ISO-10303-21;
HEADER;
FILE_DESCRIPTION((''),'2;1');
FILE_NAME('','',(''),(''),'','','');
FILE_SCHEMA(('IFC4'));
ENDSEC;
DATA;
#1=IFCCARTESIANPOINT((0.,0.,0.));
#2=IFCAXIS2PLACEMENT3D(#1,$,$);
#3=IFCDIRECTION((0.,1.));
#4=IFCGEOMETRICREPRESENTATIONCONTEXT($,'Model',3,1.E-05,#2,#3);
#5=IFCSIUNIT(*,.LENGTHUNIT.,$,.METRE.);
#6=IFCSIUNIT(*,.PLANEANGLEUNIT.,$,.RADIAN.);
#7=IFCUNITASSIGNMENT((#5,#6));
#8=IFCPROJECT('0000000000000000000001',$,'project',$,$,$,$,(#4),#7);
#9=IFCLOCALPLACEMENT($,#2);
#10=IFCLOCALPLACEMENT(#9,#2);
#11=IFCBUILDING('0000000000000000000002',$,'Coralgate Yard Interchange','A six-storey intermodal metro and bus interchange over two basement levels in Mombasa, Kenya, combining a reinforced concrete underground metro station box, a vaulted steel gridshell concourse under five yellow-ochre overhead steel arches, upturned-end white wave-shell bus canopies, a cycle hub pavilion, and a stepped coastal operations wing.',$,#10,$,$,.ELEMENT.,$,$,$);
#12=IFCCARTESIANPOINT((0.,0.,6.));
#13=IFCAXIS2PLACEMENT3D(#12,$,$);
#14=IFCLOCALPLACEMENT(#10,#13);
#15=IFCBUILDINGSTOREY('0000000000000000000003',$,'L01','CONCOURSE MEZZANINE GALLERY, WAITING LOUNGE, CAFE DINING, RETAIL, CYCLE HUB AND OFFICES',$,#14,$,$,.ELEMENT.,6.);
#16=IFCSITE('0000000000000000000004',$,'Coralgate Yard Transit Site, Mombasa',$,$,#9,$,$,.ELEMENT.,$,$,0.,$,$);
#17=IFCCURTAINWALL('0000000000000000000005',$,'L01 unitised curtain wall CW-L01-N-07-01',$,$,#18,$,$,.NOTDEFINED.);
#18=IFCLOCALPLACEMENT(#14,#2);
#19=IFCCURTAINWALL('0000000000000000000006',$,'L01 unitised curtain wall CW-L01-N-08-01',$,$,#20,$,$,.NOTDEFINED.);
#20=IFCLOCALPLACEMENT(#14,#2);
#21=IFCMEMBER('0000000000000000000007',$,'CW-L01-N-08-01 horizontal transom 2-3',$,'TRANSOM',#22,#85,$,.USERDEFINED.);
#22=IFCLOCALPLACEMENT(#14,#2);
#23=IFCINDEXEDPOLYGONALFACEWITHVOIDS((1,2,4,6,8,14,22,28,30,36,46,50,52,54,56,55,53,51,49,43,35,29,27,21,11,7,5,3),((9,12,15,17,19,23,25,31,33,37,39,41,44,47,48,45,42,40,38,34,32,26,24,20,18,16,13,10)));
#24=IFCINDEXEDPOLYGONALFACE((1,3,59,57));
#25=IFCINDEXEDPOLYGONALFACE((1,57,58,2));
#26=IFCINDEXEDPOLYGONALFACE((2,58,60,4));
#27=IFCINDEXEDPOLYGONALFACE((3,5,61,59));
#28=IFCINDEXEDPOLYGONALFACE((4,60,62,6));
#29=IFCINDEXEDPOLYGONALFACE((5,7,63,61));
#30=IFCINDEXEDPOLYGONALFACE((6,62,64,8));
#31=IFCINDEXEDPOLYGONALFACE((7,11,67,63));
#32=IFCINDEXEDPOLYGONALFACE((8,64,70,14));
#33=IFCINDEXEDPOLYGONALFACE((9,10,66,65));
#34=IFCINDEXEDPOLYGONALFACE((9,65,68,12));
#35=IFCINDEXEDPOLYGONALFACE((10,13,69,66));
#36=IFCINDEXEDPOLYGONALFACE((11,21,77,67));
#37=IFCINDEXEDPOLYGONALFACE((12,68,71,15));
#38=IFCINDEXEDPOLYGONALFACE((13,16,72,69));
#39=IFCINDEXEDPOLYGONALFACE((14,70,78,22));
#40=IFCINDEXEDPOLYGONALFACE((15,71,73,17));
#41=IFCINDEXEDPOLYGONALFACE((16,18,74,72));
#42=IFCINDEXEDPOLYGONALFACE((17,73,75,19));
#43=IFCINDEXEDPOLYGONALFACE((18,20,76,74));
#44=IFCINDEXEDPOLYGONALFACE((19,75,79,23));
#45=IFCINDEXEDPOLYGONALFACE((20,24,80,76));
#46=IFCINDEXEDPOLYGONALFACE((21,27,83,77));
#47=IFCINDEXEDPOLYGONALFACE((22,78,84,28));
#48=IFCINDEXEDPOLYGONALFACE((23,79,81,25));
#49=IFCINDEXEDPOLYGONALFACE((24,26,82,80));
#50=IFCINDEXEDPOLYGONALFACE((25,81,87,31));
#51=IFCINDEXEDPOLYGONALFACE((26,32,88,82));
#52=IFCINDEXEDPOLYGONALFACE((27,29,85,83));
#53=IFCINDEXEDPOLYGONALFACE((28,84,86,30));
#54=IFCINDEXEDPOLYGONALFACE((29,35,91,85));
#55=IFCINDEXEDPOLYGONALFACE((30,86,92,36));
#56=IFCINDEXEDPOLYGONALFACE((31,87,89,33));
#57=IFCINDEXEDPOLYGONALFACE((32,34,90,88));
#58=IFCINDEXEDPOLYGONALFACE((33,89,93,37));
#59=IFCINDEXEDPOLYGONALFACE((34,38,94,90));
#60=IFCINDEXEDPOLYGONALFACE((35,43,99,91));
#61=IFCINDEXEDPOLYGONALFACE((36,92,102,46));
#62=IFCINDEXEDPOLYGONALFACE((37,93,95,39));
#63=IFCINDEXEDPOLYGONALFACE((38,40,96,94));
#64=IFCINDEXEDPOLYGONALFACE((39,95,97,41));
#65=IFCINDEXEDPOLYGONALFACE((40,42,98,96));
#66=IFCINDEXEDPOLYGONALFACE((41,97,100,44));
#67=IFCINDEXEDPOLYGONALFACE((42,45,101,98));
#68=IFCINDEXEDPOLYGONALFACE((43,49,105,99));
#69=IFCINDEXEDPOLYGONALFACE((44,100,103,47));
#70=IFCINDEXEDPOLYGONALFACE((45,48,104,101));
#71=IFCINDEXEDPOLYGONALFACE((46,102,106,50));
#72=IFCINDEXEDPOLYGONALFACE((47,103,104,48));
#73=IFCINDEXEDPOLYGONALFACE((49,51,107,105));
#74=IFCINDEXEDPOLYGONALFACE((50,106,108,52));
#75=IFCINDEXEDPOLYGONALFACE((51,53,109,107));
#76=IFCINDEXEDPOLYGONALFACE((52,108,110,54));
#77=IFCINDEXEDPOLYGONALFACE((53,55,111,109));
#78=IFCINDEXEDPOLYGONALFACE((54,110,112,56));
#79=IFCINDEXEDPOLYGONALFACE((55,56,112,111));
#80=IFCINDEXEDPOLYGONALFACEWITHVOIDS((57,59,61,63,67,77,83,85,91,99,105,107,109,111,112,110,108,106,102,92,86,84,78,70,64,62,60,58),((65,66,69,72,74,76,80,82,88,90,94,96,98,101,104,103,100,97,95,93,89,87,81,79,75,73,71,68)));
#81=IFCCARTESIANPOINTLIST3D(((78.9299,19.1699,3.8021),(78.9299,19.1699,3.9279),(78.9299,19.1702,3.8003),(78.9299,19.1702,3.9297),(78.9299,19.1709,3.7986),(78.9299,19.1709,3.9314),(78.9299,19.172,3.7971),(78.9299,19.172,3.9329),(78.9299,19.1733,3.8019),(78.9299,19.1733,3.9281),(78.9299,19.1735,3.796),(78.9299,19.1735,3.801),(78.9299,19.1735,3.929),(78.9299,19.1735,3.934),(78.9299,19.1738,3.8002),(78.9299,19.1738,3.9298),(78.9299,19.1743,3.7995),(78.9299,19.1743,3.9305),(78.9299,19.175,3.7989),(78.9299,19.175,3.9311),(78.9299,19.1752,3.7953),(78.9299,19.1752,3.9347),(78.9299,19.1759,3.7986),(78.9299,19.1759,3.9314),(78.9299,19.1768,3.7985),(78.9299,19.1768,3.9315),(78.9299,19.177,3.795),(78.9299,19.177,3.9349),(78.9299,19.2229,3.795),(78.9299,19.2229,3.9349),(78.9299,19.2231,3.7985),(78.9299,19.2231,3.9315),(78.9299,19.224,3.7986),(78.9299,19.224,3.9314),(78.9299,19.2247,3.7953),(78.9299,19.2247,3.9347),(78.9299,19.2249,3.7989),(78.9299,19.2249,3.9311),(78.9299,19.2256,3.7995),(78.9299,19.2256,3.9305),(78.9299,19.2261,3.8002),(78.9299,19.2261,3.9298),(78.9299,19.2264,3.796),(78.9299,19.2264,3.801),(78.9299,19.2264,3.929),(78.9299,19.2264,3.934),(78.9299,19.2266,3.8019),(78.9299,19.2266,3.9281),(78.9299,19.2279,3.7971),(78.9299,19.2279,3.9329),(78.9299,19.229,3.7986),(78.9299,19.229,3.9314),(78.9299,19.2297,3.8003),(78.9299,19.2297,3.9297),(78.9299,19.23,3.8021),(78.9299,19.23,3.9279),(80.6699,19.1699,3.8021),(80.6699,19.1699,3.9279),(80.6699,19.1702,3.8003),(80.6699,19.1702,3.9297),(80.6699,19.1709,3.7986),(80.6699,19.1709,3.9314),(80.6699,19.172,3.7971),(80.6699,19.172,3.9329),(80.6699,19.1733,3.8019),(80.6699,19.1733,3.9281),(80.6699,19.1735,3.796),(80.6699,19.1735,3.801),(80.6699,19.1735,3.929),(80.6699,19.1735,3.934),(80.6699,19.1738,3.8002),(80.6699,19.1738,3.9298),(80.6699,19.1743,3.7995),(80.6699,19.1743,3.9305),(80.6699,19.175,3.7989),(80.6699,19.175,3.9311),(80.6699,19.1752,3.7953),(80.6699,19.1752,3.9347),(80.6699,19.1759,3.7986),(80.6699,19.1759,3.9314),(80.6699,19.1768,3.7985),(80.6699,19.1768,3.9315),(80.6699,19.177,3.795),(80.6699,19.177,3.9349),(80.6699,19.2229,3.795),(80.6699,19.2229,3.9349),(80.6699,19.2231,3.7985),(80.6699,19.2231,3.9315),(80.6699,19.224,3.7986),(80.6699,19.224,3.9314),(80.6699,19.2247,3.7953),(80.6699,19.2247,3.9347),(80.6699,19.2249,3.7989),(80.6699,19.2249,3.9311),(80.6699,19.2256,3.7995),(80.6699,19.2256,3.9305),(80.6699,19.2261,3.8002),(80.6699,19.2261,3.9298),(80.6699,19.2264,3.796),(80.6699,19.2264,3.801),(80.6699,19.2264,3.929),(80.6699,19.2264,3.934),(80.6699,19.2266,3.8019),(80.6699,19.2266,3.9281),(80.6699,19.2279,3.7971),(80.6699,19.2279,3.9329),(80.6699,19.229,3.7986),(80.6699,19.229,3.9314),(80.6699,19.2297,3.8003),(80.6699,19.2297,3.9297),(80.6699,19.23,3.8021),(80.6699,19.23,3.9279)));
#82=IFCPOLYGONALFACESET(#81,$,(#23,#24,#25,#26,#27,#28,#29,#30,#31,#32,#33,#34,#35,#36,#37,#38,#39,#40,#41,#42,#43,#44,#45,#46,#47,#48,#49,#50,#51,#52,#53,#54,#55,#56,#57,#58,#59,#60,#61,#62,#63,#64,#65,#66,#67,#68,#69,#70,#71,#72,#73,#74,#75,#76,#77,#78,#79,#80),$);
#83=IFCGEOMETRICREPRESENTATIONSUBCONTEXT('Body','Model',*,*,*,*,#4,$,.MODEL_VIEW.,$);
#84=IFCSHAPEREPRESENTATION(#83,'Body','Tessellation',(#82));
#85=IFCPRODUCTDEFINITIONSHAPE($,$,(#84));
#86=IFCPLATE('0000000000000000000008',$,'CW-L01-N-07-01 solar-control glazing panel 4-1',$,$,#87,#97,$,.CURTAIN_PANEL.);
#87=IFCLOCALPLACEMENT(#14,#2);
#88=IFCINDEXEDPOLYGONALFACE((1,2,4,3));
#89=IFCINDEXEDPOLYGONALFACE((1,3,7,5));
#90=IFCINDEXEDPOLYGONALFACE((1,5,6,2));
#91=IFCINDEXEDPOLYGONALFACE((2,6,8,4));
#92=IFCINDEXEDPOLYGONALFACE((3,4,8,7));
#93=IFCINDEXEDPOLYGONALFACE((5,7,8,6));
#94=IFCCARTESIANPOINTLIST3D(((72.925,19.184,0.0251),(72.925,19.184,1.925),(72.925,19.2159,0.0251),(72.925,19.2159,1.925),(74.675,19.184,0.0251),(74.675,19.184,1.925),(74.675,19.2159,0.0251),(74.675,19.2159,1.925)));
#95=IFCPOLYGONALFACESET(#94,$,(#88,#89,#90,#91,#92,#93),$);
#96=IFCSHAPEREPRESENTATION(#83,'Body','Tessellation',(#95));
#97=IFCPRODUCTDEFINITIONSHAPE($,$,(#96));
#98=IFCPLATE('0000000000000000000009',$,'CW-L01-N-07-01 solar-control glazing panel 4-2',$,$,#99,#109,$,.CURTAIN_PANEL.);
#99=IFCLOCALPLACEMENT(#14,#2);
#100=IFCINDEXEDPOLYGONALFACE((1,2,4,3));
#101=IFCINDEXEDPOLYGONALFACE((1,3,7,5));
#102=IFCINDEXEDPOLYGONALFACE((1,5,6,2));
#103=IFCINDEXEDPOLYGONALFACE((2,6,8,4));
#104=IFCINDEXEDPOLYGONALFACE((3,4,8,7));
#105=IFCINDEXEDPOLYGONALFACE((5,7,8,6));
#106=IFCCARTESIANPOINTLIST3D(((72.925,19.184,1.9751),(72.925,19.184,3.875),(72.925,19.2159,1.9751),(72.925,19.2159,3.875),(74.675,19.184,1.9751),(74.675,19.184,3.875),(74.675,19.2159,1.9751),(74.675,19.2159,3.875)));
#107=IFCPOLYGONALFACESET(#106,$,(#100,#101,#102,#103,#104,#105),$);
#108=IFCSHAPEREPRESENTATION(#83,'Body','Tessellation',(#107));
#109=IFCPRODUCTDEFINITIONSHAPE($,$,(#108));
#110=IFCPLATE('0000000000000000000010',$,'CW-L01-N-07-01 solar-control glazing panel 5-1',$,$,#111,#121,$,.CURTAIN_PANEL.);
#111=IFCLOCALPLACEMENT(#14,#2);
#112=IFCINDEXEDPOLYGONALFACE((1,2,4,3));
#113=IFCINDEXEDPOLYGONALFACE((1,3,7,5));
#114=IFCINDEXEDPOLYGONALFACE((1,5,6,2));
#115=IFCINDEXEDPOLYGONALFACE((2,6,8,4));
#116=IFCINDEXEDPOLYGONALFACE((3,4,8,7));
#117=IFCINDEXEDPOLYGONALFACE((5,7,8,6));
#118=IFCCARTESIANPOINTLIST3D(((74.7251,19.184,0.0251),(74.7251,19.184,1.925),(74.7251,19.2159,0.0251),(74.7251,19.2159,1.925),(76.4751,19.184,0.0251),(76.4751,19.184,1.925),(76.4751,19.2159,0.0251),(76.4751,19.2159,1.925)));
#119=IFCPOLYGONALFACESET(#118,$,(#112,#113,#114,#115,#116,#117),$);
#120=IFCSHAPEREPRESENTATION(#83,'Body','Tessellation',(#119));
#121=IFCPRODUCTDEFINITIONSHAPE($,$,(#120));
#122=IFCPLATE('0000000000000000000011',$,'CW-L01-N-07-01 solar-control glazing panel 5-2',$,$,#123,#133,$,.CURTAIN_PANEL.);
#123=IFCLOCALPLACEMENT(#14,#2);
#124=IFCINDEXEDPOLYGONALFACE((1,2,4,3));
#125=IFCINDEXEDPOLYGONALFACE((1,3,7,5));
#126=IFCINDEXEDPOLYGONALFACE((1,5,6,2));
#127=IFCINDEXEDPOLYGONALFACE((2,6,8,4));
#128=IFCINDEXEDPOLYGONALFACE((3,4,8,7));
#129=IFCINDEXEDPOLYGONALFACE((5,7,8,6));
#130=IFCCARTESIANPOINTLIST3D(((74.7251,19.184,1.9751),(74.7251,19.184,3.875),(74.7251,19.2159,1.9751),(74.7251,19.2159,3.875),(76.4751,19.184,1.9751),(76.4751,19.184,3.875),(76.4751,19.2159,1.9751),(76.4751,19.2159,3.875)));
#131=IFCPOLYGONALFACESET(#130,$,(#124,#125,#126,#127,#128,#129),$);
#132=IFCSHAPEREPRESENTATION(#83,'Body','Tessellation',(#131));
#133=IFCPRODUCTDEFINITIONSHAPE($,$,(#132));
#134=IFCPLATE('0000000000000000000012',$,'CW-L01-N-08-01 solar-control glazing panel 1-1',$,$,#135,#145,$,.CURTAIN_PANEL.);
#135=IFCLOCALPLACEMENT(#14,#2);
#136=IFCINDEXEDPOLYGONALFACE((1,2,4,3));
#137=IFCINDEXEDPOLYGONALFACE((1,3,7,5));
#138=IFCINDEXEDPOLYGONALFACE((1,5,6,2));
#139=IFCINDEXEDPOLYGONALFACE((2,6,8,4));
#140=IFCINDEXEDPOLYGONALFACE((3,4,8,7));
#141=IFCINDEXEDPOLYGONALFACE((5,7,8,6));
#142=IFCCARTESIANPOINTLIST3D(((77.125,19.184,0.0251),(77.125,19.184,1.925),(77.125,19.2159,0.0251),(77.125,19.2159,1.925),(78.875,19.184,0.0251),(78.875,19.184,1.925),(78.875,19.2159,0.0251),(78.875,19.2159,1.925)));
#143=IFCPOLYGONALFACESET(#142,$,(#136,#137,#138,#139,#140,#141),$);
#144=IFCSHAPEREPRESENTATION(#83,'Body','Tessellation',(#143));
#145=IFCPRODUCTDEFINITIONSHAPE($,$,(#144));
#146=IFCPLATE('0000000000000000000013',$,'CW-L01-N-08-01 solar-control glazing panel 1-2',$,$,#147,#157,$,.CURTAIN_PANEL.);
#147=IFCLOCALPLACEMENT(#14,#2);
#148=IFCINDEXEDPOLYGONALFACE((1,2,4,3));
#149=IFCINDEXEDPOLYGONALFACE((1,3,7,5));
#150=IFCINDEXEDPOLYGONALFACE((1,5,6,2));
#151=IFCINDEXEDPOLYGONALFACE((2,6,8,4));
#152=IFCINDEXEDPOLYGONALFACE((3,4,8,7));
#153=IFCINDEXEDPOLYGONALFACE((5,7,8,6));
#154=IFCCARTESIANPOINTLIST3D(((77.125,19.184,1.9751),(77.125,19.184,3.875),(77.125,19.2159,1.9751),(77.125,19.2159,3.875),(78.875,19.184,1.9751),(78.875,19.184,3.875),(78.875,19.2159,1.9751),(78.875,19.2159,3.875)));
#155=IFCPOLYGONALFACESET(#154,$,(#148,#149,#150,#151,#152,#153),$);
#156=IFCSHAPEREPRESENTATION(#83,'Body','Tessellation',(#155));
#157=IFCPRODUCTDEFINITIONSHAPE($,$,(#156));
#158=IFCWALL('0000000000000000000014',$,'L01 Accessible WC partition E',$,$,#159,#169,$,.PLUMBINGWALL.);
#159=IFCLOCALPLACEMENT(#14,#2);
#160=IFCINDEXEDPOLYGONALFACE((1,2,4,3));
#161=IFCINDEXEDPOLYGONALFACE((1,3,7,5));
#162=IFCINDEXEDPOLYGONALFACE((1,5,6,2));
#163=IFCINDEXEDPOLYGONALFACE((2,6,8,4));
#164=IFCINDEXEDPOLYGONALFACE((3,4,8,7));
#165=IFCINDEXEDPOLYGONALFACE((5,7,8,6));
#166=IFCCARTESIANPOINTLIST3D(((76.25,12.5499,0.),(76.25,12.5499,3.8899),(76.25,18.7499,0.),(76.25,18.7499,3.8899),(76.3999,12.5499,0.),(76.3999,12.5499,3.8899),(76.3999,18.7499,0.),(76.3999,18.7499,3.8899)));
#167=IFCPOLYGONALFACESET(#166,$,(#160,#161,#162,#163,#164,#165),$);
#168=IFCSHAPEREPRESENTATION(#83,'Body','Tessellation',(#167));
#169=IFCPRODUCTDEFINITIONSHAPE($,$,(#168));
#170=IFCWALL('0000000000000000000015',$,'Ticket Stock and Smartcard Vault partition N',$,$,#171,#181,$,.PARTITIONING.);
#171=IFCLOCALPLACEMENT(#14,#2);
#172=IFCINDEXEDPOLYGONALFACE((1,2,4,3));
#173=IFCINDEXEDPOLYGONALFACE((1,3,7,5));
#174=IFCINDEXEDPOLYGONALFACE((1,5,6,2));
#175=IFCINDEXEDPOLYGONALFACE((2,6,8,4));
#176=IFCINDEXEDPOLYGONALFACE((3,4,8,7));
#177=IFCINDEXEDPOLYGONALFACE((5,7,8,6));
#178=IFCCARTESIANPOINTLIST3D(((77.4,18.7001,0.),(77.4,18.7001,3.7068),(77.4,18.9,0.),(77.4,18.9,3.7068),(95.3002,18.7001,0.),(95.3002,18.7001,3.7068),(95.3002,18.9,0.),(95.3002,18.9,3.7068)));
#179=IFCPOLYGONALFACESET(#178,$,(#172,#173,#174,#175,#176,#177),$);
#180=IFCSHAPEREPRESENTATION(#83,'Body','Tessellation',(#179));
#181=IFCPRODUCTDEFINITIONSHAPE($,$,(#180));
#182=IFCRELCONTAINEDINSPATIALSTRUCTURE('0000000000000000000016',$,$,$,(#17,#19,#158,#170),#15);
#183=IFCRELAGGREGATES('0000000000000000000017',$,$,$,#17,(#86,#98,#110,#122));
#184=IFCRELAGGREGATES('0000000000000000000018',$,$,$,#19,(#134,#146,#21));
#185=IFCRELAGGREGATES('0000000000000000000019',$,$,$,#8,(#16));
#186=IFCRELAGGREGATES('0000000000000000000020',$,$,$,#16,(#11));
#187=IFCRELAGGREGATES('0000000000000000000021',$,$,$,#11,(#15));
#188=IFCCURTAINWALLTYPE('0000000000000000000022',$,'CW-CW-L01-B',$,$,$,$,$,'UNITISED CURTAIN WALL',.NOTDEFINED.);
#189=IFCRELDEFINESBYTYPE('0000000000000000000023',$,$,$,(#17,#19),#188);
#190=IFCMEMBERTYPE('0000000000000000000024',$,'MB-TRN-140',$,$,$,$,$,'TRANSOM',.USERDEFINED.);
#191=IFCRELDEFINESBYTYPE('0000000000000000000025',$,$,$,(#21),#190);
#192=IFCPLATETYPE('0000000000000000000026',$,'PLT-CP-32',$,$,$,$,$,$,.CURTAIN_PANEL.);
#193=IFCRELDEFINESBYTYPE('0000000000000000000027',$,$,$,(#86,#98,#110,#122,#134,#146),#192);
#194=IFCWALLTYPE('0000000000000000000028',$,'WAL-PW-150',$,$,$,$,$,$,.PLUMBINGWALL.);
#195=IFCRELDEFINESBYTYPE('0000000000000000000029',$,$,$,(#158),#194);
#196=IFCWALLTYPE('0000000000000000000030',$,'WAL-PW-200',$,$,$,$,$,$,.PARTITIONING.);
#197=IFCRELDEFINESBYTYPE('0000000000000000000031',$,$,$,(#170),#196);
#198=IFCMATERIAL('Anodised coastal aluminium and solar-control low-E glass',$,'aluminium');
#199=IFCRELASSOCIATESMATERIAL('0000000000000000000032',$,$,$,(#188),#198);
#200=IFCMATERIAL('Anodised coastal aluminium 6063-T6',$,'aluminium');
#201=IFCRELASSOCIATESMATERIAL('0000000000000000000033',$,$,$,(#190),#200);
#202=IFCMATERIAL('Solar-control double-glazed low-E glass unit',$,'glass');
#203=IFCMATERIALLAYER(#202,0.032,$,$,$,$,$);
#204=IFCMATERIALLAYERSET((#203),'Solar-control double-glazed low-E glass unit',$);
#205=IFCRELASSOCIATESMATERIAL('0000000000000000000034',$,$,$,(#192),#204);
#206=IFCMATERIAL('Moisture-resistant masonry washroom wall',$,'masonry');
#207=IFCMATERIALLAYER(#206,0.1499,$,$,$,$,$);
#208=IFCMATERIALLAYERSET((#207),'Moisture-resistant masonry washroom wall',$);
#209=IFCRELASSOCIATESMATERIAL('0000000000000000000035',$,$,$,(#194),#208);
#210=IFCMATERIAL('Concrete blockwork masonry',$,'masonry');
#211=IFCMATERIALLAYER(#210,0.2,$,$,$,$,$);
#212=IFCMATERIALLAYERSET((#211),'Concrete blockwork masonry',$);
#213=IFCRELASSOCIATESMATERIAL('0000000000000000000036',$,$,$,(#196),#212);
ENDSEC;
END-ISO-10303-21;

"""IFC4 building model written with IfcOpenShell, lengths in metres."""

from ifc_helpers import new_model, si_unit, direction, frame, frame_2d, origin, origin_2d, place, context, subcontext, project, spatial, rectangle, hollow_rectangle, extrude, material, layer, layer_set, material_profile, profile_set, type_object, element, aggregate, save


model = new_model("IFC4")

# Units and contexts
model_context = context("Model", 3, precision=1e-05, world=origin(), true_north=direction((0.0, 1.0)))
body_context = subcontext(model_context, "Body", "Model", "MODEL_VIEW")
ifc_project = project(units=[si_unit("LENGTHUNIT", "METRE"), si_unit("PLANEANGLEUNIT", "RADIAN")], contexts=[model_context])

# Site, building, storey
site_placement = place(None, origin())
site = spatial("IfcSite", under=ifc_project, at=site_placement, Name="Coralgate Yard Transit Site, Mombasa", CompositionType="ELEMENT", RefElevation=0.0)
building_placement = place(site_placement, origin())
building = spatial("IfcBuilding", under=site, at=building_placement, Name="Coralgate Yard Interchange", Description="A six-storey intermodal metro and bus interchange over two basement levels in Mombasa, Kenya, combining a reinforced concrete underground metro station box, a vaulted steel gridshell concourse under five yellow-ochre overhead steel arches, upturned-end white wave-shell bus canopies, a cycle hub pavilion, and a stepped coastal operations wing.", CompositionType="ELEMENT")
storey_placement = place(building_placement, frame((0.0, 0.0, 6.0)))
storey = spatial("IfcBuildingStorey", under=building, at=storey_placement, Name="L01", Description="CONCOURSE MEZZANINE GALLERY, WAITING LOUNGE, CAFE DINING, RETAIL, CYCLE HUB AND OFFICES", CompositionType="ELEMENT", Elevation=6.0)

# Curtain walls
ifc_material_1 = material(Name="Anodised coastal aluminium and solar-control low-E glass", Category="aluminium")
curtain_wall_type = type_object("IfcCurtainWallType", Name="CW-CW-L01-B", ElementType="UNITISED CURTAIN WALL", PredefinedType="NOTDEFINED", material=ifc_material_1)
curtain_wall_1_placement = place(storey_placement, origin())
curtain_wall_1 = element("IfcCurtainWall", 1, at=curtain_wall_1_placement, inside=storey, type_object=curtain_wall_type, Name="L01 unitised curtain wall CW-L01-N-07-01", PredefinedType="NOTDEFINED")
ifc_material_2 = material(Name="Anodised coastal aluminium 6063-T6", Category="aluminium")
curtain_wall_2_placement = place(storey_placement, origin())
curtain_wall_2 = element("IfcCurtainWall", 2, at=curtain_wall_2_placement, inside=storey, type_object=curtain_wall_type, Name="L01 unitised curtain wall CW-L01-N-08-01", PredefinedType="NOTDEFINED")

# Member
ifc_material_profile_1 = material_profile(ifc_material_2, hollow_rectangle(XDim=0.0601, YDim=0.1399, WallThickness=0.0034, InnerFilletRadius=0.0034, OuterFilletRadius=0.0071, at=origin_2d()), Name="ALU 60x140x3.5")
ifc_profile_set_1 = profile_set([ifc_material_profile_1], Name="Anodised coastal aluminium 6063-T6")
member_type_1 = type_object("IfcMemberType", Name="MB-TRN-140", ElementType="TRANSOM", PredefinedType="USERDEFINED", material=ifc_profile_set_1)
member_1_placement = place(storey_placement, frame((78.9299, 19.2, 3.865), z_axis=(1.0, 0.0, 0.0), x_axis=(0.0, 1.0, 0.0)))
member_1 = element("IfcMember", 3, at=member_1_placement, type_object=member_type_1, Name="CW-L01-N-08-01 horizontal transom 2-3", ObjectType="TRANSOM", PredefinedType="USERDEFINED", context=body_context, shape_type="SweptSolid", body=[
    extrude(hollow_rectangle(XDim=0.0601, YDim=0.1399, WallThickness=0.0034, InnerFilletRadius=0.0034, OuterFilletRadius=0.0071, at=origin_2d()), origin(), (0.0, 0.0, 1.0), 1.74),
])

# Plates
ifc_material_3 = material(Name="Solar-control double-glazed low-E glass unit", Category="glass")
ifc_layer_1 = layer(ifc_material_3, 0.032)
ifc_layer_set_1 = layer_set([ifc_layer_1], Name="Solar-control double-glazed low-E glass unit")
plate_type = type_object("IfcPlateType", Name="PLT-CP-32", PredefinedType="CURTAIN_PANEL", material=ifc_layer_set_1)
plate_1_placement = place(storey_placement, frame((73.8, 19.2, 0.0251), z_axis=(0.0, 0.0, 1.0), x_axis=(1.0, 0.0, 0.0)))
plate_1 = element("IfcPlate", 4, at=plate_1_placement, type_object=plate_type, Name="CW-L01-N-07-01 solar-control glazing panel 4-1", PredefinedType="CURTAIN_PANEL", context=body_context, shape_type="SweptSolid", body=[
    extrude(rectangle(XDim=1.75, YDim=0.032, at=origin_2d()), origin(), (0.0, 0.0, 1.0), 1.8999),
])
plate_2_placement = place(storey_placement, frame((73.8, 19.2, 1.9751), z_axis=(0.0, 0.0, 1.0), x_axis=(1.0, 0.0, 0.0)))
plate_2 = element("IfcPlate", 5, at=plate_2_placement, type_object=plate_type, Name="CW-L01-N-07-01 solar-control glazing panel 4-2", PredefinedType="CURTAIN_PANEL", context=body_context, shape_type="SweptSolid", body=[
    extrude(rectangle(XDim=1.75, YDim=0.032, at=origin_2d()), origin(), (0.0, 0.0, 1.0), 1.8999),
])
plate_3_placement = place(storey_placement, frame((75.6001, 19.2, 0.0251), z_axis=(0.0, 0.0, 1.0), x_axis=(1.0, 0.0, 0.0)))
plate_3 = element("IfcPlate", 6, at=plate_3_placement, type_object=plate_type, Name="CW-L01-N-07-01 solar-control glazing panel 5-1", PredefinedType="CURTAIN_PANEL", context=body_context, shape_type="SweptSolid", body=[
    extrude(rectangle(XDim=1.75, YDim=0.032, at=origin_2d()), origin(), (0.0, 0.0, 1.0), 1.8999),
])
plate_4_placement = place(storey_placement, frame((75.6001, 19.2, 1.9751), z_axis=(0.0, 0.0, 1.0), x_axis=(1.0, 0.0, 0.0)))
plate_4 = element("IfcPlate", 7, at=plate_4_placement, type_object=plate_type, Name="CW-L01-N-07-01 solar-control glazing panel 5-2", PredefinedType="CURTAIN_PANEL", context=body_context, shape_type="SweptSolid", body=[
    extrude(rectangle(XDim=1.75, YDim=0.032, at=origin_2d()), origin(), (0.0, 0.0, 1.0), 1.8999),
])
aggregate(curtain_wall_1, [plate_1, plate_2, plate_3, plate_4])
plate_5_placement = place(storey_placement, frame((78.0, 19.2, 0.0251), z_axis=(0.0, 0.0, 1.0), x_axis=(1.0, 0.0, 0.0)))
plate_5 = element("IfcPlate", 8, at=plate_5_placement, type_object=plate_type, Name="CW-L01-N-08-01 solar-control glazing panel 1-1", PredefinedType="CURTAIN_PANEL", context=body_context, shape_type="SweptSolid", body=[
    extrude(rectangle(XDim=1.75, YDim=0.032, at=origin_2d()), origin(), (0.0, 0.0, 1.0), 1.8999),
])
plate_6_placement = place(storey_placement, frame((78.0, 19.2, 1.9751), z_axis=(0.0, 0.0, 1.0), x_axis=(1.0, 0.0, 0.0)))
plate_6 = element("IfcPlate", 9, at=plate_6_placement, type_object=plate_type, Name="CW-L01-N-08-01 solar-control glazing panel 1-2", PredefinedType="CURTAIN_PANEL", context=body_context, shape_type="SweptSolid", body=[
    extrude(rectangle(XDim=1.75, YDim=0.032, at=origin_2d()), origin(), (0.0, 0.0, 1.0), 1.8999),
])
aggregate(curtain_wall_2, [plate_5, plate_6, member_1])

# Walls
ifc_material_4 = material(Name="Moisture-resistant masonry washroom wall", Category="masonry")
ifc_layer_2 = layer(ifc_material_4, 0.1499)
ifc_layer_set_2 = layer_set([ifc_layer_2], Name="Moisture-resistant masonry washroom wall")
wall_type_1 = type_object("IfcWallType", Name="WAL-PW-150", PredefinedType="PLUMBINGWALL", material=ifc_layer_set_2)
wall_1_placement = place(storey_placement, frame((76.325, 18.75, 0.0), z_axis=(0.0, 0.0, 1.0), x_axis=(0.0, -1.0, 0.0)))
element("IfcWall", 10, at=wall_1_placement, inside=storey, type_object=wall_type_1, Name="L01 Accessible WC partition E", PredefinedType="PLUMBINGWALL", context=body_context, shape_type="SweptSolid", body=[
    extrude(rectangle(XDim=6.2, YDim=0.1499, at=frame_2d((3.1001, 0.0))), origin(), (0.0, 0.0, 1.0), 3.8899),
])
ifc_material_5 = material(Name="Concrete blockwork masonry", Category="masonry")
ifc_layer_3 = layer(ifc_material_5, 0.2)
ifc_layer_set_3 = layer_set([ifc_layer_3], Name="Concrete blockwork masonry")
wall_type_2 = type_object("IfcWallType", Name="WAL-PW-200", PredefinedType="PARTITIONING", material=ifc_layer_set_3)
wall_2_placement = place(storey_placement, frame((77.3999, 18.8, 0.0), z_axis=(0.0, 0.0, 1.0), x_axis=(1.0, 0.0, 0.0)))
element("IfcWall", 11, at=wall_2_placement, inside=storey, type_object=wall_type_2, Name="Ticket Stock and Smartcard Vault partition N", PredefinedType="PARTITIONING", context=body_context, shape_type="SweptSolid", body=[
    extrude(rectangle(XDim=17.9001, YDim=0.2, at=frame_2d((8.9502, 0.0))), origin(), (0.0, 0.0, 1.0), 3.7068),
])

save(model, "model.ifc")
